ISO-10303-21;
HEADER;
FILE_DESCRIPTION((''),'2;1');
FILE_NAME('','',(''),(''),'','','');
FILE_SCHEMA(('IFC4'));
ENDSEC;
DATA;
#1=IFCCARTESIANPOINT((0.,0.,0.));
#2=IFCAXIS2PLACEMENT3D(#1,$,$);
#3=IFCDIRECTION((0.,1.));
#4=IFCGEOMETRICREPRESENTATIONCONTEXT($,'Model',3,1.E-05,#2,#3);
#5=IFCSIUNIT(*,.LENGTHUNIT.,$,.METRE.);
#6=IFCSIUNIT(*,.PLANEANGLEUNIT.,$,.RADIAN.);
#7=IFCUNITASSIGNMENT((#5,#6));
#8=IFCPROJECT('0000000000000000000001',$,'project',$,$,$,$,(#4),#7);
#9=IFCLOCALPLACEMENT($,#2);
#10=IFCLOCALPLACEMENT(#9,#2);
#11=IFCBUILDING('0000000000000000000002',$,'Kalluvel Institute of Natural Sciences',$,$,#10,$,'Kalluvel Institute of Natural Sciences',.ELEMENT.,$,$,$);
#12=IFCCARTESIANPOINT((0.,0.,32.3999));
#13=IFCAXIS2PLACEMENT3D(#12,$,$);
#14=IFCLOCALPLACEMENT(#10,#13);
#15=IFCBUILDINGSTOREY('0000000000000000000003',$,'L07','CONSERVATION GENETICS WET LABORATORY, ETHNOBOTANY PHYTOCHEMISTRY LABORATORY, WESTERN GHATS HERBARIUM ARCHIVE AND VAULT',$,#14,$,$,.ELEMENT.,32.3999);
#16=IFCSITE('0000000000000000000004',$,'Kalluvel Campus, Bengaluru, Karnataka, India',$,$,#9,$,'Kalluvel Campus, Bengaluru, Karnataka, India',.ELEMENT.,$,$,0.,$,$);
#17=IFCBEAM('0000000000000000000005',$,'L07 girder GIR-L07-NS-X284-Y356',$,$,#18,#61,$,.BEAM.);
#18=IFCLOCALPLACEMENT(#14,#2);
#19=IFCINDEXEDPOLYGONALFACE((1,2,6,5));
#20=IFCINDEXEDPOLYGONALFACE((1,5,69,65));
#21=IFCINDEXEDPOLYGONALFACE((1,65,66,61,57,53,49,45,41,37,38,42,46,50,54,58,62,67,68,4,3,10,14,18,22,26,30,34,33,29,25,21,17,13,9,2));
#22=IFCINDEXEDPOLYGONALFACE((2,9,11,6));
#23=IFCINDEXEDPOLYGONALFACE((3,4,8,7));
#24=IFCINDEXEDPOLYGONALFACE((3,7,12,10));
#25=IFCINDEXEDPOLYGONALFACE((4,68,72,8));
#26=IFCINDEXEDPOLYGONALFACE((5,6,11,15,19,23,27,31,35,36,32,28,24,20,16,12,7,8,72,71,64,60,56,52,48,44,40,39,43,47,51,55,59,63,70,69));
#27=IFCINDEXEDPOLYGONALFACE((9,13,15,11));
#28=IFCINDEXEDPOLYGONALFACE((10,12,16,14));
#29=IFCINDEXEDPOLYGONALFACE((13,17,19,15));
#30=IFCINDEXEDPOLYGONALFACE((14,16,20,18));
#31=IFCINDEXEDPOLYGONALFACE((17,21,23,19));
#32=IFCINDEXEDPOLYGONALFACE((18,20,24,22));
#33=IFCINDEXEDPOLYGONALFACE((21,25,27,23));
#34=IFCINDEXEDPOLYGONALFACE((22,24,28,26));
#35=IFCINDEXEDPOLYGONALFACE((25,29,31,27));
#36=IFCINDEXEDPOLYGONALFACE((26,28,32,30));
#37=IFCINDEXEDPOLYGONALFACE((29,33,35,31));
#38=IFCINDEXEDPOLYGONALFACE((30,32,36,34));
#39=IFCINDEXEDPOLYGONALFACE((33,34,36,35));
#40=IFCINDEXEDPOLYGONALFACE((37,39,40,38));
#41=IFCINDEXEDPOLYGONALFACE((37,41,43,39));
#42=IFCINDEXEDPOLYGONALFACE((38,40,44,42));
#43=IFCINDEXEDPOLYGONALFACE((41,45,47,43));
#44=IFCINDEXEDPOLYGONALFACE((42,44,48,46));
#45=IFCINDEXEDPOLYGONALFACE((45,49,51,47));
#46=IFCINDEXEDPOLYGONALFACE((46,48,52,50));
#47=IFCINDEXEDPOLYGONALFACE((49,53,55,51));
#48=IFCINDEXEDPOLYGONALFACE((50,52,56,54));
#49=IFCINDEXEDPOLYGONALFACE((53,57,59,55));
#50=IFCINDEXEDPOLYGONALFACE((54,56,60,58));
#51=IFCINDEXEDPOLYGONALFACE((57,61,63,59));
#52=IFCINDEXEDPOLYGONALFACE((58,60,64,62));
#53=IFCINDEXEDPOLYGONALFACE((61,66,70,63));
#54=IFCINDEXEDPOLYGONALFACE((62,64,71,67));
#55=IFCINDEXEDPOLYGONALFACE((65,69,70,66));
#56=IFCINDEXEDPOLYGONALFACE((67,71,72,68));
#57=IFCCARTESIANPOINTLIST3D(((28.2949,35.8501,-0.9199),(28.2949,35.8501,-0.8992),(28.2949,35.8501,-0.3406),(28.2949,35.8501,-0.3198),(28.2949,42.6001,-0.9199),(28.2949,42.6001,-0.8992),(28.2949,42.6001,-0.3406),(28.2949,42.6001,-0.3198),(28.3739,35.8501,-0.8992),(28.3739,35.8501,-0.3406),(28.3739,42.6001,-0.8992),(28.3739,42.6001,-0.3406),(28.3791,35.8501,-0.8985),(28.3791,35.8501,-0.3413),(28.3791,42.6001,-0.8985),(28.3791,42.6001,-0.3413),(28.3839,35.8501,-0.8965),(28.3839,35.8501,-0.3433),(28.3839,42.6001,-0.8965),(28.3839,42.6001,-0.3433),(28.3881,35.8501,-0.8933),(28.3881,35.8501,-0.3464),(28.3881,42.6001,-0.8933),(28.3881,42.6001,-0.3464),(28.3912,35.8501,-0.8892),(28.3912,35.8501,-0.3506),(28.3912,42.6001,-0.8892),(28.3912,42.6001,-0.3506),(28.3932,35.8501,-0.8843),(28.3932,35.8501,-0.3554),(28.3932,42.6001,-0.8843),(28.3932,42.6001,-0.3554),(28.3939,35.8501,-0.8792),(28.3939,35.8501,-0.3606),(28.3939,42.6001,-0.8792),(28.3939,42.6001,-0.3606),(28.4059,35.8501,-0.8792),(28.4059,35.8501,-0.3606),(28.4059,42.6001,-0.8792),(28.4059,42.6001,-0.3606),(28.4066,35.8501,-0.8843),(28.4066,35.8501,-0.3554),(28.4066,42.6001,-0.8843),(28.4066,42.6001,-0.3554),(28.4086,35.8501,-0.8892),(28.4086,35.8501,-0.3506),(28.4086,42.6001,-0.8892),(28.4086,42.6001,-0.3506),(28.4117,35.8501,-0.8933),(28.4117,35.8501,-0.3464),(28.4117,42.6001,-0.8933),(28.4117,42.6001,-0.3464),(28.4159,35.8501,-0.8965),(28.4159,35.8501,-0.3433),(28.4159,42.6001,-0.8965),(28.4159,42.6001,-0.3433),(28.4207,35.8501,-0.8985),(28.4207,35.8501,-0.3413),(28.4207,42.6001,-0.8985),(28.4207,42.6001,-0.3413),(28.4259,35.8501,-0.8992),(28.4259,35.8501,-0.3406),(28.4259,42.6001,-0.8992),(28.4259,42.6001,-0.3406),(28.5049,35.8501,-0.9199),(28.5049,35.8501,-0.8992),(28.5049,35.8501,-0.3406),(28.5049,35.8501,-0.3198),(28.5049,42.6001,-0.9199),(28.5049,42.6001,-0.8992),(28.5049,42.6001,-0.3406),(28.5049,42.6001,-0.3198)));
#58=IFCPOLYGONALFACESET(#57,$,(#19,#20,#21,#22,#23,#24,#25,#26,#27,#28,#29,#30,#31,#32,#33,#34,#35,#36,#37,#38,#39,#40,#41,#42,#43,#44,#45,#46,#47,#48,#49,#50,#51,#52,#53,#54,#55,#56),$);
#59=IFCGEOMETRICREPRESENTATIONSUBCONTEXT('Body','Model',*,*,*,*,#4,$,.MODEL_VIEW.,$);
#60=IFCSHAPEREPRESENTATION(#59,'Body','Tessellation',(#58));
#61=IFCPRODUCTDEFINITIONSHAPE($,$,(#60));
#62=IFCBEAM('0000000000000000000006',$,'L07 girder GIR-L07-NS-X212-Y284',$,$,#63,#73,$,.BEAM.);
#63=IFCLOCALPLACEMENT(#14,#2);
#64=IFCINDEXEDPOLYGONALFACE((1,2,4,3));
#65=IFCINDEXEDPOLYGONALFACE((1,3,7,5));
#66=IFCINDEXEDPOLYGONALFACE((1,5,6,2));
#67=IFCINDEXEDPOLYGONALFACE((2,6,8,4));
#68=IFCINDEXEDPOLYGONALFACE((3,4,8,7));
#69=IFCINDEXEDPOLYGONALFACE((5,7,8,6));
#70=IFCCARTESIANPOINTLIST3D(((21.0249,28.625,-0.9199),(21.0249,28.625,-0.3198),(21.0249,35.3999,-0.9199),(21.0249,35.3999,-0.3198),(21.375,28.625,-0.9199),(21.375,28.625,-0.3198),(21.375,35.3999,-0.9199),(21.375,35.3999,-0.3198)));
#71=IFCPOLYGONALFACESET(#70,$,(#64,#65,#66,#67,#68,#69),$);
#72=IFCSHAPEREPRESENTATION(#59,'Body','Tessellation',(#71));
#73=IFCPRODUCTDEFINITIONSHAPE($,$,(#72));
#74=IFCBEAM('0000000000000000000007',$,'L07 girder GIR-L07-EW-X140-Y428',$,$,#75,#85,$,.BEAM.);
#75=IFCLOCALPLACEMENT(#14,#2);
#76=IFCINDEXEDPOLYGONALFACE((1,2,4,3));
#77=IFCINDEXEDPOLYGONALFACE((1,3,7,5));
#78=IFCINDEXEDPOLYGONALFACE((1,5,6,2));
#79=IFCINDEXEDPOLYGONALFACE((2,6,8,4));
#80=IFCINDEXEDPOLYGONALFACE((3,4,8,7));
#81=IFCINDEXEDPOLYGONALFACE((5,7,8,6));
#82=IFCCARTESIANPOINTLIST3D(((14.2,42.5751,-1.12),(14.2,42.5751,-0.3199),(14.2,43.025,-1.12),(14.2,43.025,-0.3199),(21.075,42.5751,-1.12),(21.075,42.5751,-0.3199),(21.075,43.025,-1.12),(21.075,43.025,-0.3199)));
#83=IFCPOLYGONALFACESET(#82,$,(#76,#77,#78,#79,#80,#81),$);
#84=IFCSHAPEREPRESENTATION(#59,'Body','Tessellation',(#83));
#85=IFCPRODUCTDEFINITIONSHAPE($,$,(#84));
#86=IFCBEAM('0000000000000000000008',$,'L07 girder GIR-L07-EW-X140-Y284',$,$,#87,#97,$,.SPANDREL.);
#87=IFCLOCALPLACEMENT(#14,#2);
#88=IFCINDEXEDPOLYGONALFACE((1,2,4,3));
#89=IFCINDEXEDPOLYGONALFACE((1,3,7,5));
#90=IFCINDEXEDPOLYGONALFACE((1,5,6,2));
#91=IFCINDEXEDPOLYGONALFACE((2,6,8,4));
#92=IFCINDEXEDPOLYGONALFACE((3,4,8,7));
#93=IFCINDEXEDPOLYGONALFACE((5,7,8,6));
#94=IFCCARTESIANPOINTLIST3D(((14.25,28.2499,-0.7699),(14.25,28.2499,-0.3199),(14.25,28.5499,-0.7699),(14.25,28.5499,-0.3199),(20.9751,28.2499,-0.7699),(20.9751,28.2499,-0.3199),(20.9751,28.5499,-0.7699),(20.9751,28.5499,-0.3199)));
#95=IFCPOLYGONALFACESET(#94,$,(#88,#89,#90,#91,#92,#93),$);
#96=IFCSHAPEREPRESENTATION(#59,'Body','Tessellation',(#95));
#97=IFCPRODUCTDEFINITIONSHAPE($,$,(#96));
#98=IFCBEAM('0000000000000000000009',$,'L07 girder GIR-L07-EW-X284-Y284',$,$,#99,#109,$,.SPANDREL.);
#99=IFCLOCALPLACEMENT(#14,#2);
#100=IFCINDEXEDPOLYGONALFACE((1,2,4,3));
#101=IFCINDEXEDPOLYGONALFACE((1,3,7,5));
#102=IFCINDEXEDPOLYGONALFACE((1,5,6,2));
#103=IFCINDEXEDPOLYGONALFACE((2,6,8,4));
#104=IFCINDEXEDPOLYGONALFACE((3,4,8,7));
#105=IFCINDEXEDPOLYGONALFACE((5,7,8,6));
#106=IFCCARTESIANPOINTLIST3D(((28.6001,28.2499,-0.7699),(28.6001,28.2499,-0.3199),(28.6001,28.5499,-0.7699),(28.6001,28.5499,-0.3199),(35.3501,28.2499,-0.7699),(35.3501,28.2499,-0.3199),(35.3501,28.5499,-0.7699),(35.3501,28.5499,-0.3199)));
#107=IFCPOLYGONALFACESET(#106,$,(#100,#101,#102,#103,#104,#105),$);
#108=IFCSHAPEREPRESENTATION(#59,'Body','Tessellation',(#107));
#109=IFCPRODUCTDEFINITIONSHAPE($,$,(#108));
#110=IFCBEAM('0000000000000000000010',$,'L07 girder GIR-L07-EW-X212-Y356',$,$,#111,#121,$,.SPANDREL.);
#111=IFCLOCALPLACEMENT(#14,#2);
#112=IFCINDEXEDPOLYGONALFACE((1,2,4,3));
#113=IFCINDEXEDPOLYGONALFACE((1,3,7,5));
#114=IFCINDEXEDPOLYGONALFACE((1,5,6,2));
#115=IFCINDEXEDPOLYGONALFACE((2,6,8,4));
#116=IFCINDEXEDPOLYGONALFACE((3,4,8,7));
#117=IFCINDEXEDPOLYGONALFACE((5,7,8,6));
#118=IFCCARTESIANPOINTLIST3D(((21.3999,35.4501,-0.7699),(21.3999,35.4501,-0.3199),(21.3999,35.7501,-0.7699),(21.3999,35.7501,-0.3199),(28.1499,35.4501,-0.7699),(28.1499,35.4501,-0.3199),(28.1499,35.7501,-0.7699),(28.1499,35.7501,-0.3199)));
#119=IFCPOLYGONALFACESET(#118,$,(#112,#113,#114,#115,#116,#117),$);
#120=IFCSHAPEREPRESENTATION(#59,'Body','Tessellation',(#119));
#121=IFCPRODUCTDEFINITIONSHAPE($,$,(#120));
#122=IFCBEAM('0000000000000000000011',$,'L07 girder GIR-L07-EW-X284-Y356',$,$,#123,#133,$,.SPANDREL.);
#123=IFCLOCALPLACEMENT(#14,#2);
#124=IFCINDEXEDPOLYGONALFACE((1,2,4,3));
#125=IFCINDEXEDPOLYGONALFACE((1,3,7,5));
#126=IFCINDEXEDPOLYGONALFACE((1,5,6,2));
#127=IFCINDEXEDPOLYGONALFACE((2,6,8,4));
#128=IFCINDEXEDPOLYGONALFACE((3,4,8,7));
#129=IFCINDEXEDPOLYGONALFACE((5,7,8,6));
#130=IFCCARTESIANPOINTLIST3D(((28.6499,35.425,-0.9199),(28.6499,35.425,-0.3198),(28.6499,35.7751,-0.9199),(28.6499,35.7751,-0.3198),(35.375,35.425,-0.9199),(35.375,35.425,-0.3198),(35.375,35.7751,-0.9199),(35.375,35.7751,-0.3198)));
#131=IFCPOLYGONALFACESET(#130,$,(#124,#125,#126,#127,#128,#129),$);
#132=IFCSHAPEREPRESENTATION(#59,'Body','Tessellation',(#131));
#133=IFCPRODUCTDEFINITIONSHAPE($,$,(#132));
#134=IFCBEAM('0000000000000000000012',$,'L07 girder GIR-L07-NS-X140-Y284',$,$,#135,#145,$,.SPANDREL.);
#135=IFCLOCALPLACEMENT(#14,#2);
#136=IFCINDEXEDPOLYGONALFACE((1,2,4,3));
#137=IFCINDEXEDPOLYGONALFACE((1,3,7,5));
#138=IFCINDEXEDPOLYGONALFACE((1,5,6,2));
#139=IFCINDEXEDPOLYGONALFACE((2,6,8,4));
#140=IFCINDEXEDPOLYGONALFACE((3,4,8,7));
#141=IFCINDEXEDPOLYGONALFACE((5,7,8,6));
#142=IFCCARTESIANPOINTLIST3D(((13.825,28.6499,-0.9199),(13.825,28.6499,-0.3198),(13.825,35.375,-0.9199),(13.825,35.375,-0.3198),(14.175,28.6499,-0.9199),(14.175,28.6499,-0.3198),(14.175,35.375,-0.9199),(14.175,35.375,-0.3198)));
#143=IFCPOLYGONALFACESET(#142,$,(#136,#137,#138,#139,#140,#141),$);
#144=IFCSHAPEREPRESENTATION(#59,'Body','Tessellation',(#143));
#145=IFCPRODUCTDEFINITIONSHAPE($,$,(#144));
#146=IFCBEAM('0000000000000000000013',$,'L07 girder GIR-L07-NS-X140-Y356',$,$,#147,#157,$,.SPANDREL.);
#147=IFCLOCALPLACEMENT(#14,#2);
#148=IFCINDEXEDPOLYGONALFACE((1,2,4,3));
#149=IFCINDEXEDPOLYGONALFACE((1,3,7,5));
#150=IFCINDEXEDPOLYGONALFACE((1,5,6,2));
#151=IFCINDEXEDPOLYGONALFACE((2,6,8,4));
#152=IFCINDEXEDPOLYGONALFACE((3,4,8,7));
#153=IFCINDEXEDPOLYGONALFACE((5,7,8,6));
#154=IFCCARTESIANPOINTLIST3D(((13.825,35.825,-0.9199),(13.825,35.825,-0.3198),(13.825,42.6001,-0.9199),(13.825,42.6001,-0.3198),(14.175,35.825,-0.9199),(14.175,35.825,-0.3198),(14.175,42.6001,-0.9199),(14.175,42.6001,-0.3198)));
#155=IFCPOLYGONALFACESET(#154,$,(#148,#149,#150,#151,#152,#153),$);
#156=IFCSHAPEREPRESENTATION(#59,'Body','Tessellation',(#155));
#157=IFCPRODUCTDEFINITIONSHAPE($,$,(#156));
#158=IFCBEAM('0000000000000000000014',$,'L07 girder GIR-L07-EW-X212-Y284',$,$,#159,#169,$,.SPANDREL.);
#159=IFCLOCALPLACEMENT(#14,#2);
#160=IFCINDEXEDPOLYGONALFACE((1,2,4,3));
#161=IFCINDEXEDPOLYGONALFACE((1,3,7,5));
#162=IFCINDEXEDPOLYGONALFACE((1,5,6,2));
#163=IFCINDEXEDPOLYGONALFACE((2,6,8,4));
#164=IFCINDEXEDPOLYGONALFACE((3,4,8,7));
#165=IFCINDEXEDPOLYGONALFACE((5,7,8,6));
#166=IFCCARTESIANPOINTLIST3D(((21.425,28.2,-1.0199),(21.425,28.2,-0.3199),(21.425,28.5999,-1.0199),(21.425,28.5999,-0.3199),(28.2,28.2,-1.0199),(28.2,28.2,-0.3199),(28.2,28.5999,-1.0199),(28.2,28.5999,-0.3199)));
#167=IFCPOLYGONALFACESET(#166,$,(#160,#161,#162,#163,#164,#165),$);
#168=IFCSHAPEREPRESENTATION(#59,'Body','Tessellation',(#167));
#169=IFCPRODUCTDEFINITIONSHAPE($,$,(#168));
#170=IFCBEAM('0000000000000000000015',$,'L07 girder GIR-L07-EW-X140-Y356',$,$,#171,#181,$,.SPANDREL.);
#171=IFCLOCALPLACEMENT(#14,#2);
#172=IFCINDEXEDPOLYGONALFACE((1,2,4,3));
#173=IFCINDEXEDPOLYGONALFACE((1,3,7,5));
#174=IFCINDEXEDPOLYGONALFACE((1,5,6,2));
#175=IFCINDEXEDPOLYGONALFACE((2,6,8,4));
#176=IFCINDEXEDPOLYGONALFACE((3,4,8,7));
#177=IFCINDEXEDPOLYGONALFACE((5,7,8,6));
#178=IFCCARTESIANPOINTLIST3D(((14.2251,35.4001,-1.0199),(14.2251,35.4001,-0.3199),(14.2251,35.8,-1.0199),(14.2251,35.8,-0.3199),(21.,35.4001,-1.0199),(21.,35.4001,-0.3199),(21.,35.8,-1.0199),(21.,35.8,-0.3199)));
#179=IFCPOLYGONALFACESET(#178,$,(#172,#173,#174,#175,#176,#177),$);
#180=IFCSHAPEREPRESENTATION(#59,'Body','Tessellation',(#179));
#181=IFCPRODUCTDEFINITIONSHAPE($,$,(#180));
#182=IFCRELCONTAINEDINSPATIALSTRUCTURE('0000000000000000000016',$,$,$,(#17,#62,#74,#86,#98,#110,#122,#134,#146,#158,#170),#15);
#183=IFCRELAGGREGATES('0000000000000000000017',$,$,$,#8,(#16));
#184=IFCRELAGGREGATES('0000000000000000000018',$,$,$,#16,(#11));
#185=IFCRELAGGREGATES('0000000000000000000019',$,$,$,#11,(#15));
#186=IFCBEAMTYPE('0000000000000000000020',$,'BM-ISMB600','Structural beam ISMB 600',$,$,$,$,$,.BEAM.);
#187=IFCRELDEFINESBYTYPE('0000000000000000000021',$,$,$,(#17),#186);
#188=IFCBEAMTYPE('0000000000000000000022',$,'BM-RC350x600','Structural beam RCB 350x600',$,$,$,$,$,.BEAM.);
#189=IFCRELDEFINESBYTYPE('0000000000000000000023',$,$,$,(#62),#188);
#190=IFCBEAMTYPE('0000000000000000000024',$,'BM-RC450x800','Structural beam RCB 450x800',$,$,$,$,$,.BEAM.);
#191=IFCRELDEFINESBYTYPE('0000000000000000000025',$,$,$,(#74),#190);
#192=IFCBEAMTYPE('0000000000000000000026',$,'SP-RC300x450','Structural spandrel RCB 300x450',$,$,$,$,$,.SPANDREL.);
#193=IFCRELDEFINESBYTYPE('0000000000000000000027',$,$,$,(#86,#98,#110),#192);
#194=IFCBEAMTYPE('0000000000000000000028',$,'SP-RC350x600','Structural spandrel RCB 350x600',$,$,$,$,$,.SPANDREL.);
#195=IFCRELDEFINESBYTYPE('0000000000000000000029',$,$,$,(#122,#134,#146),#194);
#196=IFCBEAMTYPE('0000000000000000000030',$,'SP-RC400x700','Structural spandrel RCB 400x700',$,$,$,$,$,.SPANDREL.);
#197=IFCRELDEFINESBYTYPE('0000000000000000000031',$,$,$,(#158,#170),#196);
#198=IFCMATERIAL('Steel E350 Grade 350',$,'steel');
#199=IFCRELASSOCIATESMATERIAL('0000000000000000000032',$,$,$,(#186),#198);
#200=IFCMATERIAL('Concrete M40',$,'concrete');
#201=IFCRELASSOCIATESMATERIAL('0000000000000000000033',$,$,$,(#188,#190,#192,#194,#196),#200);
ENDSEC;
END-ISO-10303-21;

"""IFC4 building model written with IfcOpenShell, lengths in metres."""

from ifc_helpers import new_model, si_unit, direction, frame, origin, origin_2d, place, context, subcontext, project, spatial, rectangle, i_section, extrude, material, material_profile, profile_set, type_object, element, save


model = new_model("IFC4")

# Units and contexts
model_context = context("Model", 3, precision=1e-05, world=origin(), true_north=direction((0.0, 1.0)))
body_context = subcontext(model_context, "Body", "Model", "MODEL_VIEW")
ifc_project = project(units=[si_unit("LENGTHUNIT", "METRE"), si_unit("PLANEANGLEUNIT", "RADIAN")], contexts=[model_context])

# Site, building, storey
site_placement = place(None, origin())
site = spatial("IfcSite", under=ifc_project, at=site_placement, Name="Kalluvel Campus, Bengaluru, Karnataka, India", LongName="Kalluvel Campus, Bengaluru, Karnataka, India", CompositionType="ELEMENT", RefElevation=0.0)
building_placement = place(site_placement, origin())
building = spatial("IfcBuilding", under=site, at=building_placement, Name="Kalluvel Institute of Natural Sciences", LongName="Kalluvel Institute of Natural Sciences", CompositionType="ELEMENT")
storey_placement = place(building_placement, frame((0.0, 0.0, 32.3999)))
storey = spatial("IfcBuildingStorey", under=building, at=storey_placement, Name="L07", Description="CONSERVATION GENETICS WET LABORATORY, ETHNOBOTANY PHYTOCHEMISTRY LABORATORY, WESTERN GHATS HERBARIUM ARCHIVE AND VAULT", CompositionType="ELEMENT", Elevation=32.3999)

# Shared definitions
ifc_material_1 = material(Name="Steel E350 Grade 350", Category="steel")
ifc_material_2 = material(Name="Concrete M40", Category="concrete")

# Beams
ifc_material_profile_1 = material_profile(ifc_material_1, i_section(OverallWidth=0.21, OverallDepth=0.6001, WebThickness=0.012, FlangeThickness=0.0208, FilletRadius=0.02, at=origin_2d()), Name="ISMB 600")
ifc_profile_set_1 = profile_set([ifc_material_profile_1], Name="Steel E350 Grade 350")
beam_type_1 = type_object("IfcBeamType", Name="BM-ISMB600", Description="Structural beam ISMB 600", PredefinedType="BEAM", material=ifc_profile_set_1)
beam_1_placement = place(storey_placement, frame((28.3999, 35.8501, -0.6199), z_axis=(0.0, 1.0, 0.0), x_axis=(-1.0, 0.0, 0.0)))
element("IfcBeam", 1, at=beam_1_placement, inside=storey, type_object=beam_type_1, Name="L07 girder GIR-L07-NS-X284-Y356", PredefinedType="BEAM", context=body_context, shape_type="SweptSolid", body=[
    extrude(i_section(OverallWidth=0.21, OverallDepth=0.6001, WebThickness=0.012, FlangeThickness=0.0208, FilletRadius=0.02, at=origin_2d()), origin(), (0.0, 0.0, 1.0), 6.75),
])
ifc_material_profile_2 = material_profile(ifc_material_2, rectangle(XDim=0.3501, YDim=0.6001, at=origin_2d()), Name="RCB 350x600")
ifc_profile_set_2 = profile_set([ifc_material_profile_2], Name="Concrete M40")
beam_type_2 = type_object("IfcBeamType", Name="BM-RC350x600", Description="Structural beam RCB 350x600", PredefinedType="BEAM", material=ifc_profile_set_2)
beam_2_placement = place(storey_placement, frame((21.2, 28.625, -0.6199), z_axis=(0.0, 1.0, 0.0), x_axis=(-1.0, 0.0, 0.0)))
element("IfcBeam", 2, at=beam_2_placement, inside=storey, type_object=beam_type_2, Name="L07 girder GIR-L07-NS-X212-Y284", PredefinedType="BEAM", context=body_context, shape_type="SweptSolid", body=[
    extrude(rectangle(XDim=0.3501, YDim=0.6001, at=origin_2d()), origin(), (0.0, 0.0, 1.0), 6.7749),
])
ifc_material_profile_3 = material_profile(ifc_material_2, rectangle(XDim=0.45, YDim=0.8, at=origin_2d()), Name="RCB 450x800")
ifc_profile_set_3 = profile_set([ifc_material_profile_3], Name="Concrete M40")
beam_type_3 = type_object("IfcBeamType", Name="BM-RC450x800", Description="Structural beam RCB 450x800", PredefinedType="BEAM", material=ifc_profile_set_3)
beam_3_placement = place(storey_placement, frame((14.2, 42.8, -0.72), z_axis=(1.0, 0.0, 0.0), x_axis=(0.0, 1.0, 0.0)))
element("IfcBeam", 3, at=beam_3_placement, inside=storey, type_object=beam_type_3, Name="L07 girder GIR-L07-EW-X140-Y428", PredefinedType="BEAM", context=body_context, shape_type="SweptSolid", body=[
    extrude(rectangle(XDim=0.45, YDim=0.8, at=origin_2d()), origin(), (0.0, 0.0, 1.0), 6.875),
])
ifc_material_profile_4 = material_profile(ifc_material_2, rectangle(XDim=0.3, YDim=0.45, at=origin_2d()), Name="RCB 300x450")
ifc_profile_set_4 = profile_set([ifc_material_profile_4], Name="Concrete M40")
beam_type_4 = type_object("IfcBeamType", Name="SP-RC300x450", Description="Structural spandrel RCB 300x450", PredefinedType="SPANDREL", material=ifc_profile_set_4)
beam_4_placement = place(storey_placement, frame((14.25, 28.3999, -0.5449), z_axis=(1.0, 0.0, 0.0), x_axis=(0.0, 1.0, 0.0)))
element("IfcBeam", 4, at=beam_4_placement, inside=storey, type_object=beam_type_4, Name="L07 girder GIR-L07-EW-X140-Y284", PredefinedType="SPANDREL", context=body_context, shape_type="SweptSolid", body=[
    extrude(rectangle(XDim=0.3, YDim=0.45, at=origin_2d()), origin(), (0.0, 0.0, 1.0), 6.7251),
])
for number, where, z_axis, x_axis, name in (
    (5, (28.6001, 28.3999, -0.5449), (1.0, 0.0, 0.0), (0.0, 1.0, 0.0), "L07 girder GIR-L07-EW-X284-Y284"),
    (6, (21.3999, 35.6001, -0.5449), (1.0, 0.0, 0.0), (0.0, 1.0, 0.0), "L07 girder GIR-L07-EW-X212-Y356"),
):
    element("IfcBeam", number, at=place(storey_placement, frame(where, z_axis=z_axis, x_axis=x_axis)), inside=storey, type_object=beam_type_4, Name=name, PredefinedType="SPANDREL", context=body_context, shape_type="SweptSolid", body=[
        extrude(rectangle(XDim=0.3, YDim=0.45, at=origin_2d()), origin(), (0.0, 0.0, 1.0), 6.75),
    ])
ifc_material_profile_5 = material_profile(ifc_material_2, rectangle(XDim=0.3501, YDim=0.6001, at=origin_2d()), Name="RCB 350x600")
ifc_profile_set_5 = profile_set([ifc_material_profile_5], Name="Concrete M40")
beam_type_5 = type_object("IfcBeamType", Name="SP-RC350x600", Description="Structural spandrel RCB 350x600", PredefinedType="SPANDREL", material=ifc_profile_set_5)
for number, where, z_axis, x_axis, name in (
    (7, (28.6499, 35.6001, -0.6199), (1.0, 0.0, 0.0), (0.0, 1.0, 0.0), "L07 girder GIR-L07-EW-X284-Y356"),
    (8, (14.0, 28.6499, -0.6199), (0.0, 1.0, 0.0), (-1.0, 0.0, 0.0), "L07 girder GIR-L07-NS-X140-Y284"),
):
    element("IfcBeam", number, at=place(storey_placement, frame(where, z_axis=z_axis, x_axis=x_axis)), inside=storey, type_object=beam_type_5, Name=name, PredefinedType="SPANDREL", context=body_context, shape_type="SweptSolid", body=[
        extrude(rectangle(XDim=0.3501, YDim=0.6001, at=origin_2d()), origin(), (0.0, 0.0, 1.0), 6.7251),
    ])
beam_5_placement = place(storey_placement, frame((14.0, 35.825, -0.6199), z_axis=(0.0, 1.0, 0.0), x_axis=(-1.0, 0.0, 0.0)))
element("IfcBeam", 9, at=beam_5_placement, inside=storey, type_object=beam_type_5, Name="L07 girder GIR-L07-NS-X140-Y356", PredefinedType="SPANDREL", context=body_context, shape_type="SweptSolid", body=[
    extrude(rectangle(XDim=0.3501, YDim=0.6001, at=origin_2d()), origin(), (0.0, 0.0, 1.0), 6.7751),
])
ifc_material_profile_6 = material_profile(ifc_material_2, rectangle(XDim=0.3999, YDim=0.7, at=origin_2d()), Name="RCB 400x700")
ifc_profile_set_6 = profile_set([ifc_material_profile_6], Name="Concrete M40")
beam_type_6 = type_object("IfcBeamType", Name="SP-RC400x700", Description="Structural spandrel RCB 400x700", PredefinedType="SPANDREL", material=ifc_profile_set_6)
for number, where, z_axis, x_axis, name in (
    (10, (21.425, 28.3999, -0.6699), (1.0, 0.0, 0.0), (0.0, 1.0, 0.0), "L07 girder GIR-L07-EW-X212-Y284"),
    (11, (14.2251, 35.6001, -0.6699), (1.0, 0.0, 0.0), (0.0, 1.0, 0.0), "L07 girder GIR-L07-EW-X140-Y356"),
):
    element("IfcBeam", number, at=place(storey_placement, frame(where, z_axis=z_axis, x_axis=x_axis)), inside=storey, type_object=beam_type_6, Name=name, PredefinedType="SPANDREL", context=body_context, shape_type="SweptSolid", body=[
        extrude(rectangle(XDim=0.3999, YDim=0.7, at=origin_2d()), origin(), (0.0, 0.0, 1.0), 6.7749),
    ])

save(model, "model.ifc")
